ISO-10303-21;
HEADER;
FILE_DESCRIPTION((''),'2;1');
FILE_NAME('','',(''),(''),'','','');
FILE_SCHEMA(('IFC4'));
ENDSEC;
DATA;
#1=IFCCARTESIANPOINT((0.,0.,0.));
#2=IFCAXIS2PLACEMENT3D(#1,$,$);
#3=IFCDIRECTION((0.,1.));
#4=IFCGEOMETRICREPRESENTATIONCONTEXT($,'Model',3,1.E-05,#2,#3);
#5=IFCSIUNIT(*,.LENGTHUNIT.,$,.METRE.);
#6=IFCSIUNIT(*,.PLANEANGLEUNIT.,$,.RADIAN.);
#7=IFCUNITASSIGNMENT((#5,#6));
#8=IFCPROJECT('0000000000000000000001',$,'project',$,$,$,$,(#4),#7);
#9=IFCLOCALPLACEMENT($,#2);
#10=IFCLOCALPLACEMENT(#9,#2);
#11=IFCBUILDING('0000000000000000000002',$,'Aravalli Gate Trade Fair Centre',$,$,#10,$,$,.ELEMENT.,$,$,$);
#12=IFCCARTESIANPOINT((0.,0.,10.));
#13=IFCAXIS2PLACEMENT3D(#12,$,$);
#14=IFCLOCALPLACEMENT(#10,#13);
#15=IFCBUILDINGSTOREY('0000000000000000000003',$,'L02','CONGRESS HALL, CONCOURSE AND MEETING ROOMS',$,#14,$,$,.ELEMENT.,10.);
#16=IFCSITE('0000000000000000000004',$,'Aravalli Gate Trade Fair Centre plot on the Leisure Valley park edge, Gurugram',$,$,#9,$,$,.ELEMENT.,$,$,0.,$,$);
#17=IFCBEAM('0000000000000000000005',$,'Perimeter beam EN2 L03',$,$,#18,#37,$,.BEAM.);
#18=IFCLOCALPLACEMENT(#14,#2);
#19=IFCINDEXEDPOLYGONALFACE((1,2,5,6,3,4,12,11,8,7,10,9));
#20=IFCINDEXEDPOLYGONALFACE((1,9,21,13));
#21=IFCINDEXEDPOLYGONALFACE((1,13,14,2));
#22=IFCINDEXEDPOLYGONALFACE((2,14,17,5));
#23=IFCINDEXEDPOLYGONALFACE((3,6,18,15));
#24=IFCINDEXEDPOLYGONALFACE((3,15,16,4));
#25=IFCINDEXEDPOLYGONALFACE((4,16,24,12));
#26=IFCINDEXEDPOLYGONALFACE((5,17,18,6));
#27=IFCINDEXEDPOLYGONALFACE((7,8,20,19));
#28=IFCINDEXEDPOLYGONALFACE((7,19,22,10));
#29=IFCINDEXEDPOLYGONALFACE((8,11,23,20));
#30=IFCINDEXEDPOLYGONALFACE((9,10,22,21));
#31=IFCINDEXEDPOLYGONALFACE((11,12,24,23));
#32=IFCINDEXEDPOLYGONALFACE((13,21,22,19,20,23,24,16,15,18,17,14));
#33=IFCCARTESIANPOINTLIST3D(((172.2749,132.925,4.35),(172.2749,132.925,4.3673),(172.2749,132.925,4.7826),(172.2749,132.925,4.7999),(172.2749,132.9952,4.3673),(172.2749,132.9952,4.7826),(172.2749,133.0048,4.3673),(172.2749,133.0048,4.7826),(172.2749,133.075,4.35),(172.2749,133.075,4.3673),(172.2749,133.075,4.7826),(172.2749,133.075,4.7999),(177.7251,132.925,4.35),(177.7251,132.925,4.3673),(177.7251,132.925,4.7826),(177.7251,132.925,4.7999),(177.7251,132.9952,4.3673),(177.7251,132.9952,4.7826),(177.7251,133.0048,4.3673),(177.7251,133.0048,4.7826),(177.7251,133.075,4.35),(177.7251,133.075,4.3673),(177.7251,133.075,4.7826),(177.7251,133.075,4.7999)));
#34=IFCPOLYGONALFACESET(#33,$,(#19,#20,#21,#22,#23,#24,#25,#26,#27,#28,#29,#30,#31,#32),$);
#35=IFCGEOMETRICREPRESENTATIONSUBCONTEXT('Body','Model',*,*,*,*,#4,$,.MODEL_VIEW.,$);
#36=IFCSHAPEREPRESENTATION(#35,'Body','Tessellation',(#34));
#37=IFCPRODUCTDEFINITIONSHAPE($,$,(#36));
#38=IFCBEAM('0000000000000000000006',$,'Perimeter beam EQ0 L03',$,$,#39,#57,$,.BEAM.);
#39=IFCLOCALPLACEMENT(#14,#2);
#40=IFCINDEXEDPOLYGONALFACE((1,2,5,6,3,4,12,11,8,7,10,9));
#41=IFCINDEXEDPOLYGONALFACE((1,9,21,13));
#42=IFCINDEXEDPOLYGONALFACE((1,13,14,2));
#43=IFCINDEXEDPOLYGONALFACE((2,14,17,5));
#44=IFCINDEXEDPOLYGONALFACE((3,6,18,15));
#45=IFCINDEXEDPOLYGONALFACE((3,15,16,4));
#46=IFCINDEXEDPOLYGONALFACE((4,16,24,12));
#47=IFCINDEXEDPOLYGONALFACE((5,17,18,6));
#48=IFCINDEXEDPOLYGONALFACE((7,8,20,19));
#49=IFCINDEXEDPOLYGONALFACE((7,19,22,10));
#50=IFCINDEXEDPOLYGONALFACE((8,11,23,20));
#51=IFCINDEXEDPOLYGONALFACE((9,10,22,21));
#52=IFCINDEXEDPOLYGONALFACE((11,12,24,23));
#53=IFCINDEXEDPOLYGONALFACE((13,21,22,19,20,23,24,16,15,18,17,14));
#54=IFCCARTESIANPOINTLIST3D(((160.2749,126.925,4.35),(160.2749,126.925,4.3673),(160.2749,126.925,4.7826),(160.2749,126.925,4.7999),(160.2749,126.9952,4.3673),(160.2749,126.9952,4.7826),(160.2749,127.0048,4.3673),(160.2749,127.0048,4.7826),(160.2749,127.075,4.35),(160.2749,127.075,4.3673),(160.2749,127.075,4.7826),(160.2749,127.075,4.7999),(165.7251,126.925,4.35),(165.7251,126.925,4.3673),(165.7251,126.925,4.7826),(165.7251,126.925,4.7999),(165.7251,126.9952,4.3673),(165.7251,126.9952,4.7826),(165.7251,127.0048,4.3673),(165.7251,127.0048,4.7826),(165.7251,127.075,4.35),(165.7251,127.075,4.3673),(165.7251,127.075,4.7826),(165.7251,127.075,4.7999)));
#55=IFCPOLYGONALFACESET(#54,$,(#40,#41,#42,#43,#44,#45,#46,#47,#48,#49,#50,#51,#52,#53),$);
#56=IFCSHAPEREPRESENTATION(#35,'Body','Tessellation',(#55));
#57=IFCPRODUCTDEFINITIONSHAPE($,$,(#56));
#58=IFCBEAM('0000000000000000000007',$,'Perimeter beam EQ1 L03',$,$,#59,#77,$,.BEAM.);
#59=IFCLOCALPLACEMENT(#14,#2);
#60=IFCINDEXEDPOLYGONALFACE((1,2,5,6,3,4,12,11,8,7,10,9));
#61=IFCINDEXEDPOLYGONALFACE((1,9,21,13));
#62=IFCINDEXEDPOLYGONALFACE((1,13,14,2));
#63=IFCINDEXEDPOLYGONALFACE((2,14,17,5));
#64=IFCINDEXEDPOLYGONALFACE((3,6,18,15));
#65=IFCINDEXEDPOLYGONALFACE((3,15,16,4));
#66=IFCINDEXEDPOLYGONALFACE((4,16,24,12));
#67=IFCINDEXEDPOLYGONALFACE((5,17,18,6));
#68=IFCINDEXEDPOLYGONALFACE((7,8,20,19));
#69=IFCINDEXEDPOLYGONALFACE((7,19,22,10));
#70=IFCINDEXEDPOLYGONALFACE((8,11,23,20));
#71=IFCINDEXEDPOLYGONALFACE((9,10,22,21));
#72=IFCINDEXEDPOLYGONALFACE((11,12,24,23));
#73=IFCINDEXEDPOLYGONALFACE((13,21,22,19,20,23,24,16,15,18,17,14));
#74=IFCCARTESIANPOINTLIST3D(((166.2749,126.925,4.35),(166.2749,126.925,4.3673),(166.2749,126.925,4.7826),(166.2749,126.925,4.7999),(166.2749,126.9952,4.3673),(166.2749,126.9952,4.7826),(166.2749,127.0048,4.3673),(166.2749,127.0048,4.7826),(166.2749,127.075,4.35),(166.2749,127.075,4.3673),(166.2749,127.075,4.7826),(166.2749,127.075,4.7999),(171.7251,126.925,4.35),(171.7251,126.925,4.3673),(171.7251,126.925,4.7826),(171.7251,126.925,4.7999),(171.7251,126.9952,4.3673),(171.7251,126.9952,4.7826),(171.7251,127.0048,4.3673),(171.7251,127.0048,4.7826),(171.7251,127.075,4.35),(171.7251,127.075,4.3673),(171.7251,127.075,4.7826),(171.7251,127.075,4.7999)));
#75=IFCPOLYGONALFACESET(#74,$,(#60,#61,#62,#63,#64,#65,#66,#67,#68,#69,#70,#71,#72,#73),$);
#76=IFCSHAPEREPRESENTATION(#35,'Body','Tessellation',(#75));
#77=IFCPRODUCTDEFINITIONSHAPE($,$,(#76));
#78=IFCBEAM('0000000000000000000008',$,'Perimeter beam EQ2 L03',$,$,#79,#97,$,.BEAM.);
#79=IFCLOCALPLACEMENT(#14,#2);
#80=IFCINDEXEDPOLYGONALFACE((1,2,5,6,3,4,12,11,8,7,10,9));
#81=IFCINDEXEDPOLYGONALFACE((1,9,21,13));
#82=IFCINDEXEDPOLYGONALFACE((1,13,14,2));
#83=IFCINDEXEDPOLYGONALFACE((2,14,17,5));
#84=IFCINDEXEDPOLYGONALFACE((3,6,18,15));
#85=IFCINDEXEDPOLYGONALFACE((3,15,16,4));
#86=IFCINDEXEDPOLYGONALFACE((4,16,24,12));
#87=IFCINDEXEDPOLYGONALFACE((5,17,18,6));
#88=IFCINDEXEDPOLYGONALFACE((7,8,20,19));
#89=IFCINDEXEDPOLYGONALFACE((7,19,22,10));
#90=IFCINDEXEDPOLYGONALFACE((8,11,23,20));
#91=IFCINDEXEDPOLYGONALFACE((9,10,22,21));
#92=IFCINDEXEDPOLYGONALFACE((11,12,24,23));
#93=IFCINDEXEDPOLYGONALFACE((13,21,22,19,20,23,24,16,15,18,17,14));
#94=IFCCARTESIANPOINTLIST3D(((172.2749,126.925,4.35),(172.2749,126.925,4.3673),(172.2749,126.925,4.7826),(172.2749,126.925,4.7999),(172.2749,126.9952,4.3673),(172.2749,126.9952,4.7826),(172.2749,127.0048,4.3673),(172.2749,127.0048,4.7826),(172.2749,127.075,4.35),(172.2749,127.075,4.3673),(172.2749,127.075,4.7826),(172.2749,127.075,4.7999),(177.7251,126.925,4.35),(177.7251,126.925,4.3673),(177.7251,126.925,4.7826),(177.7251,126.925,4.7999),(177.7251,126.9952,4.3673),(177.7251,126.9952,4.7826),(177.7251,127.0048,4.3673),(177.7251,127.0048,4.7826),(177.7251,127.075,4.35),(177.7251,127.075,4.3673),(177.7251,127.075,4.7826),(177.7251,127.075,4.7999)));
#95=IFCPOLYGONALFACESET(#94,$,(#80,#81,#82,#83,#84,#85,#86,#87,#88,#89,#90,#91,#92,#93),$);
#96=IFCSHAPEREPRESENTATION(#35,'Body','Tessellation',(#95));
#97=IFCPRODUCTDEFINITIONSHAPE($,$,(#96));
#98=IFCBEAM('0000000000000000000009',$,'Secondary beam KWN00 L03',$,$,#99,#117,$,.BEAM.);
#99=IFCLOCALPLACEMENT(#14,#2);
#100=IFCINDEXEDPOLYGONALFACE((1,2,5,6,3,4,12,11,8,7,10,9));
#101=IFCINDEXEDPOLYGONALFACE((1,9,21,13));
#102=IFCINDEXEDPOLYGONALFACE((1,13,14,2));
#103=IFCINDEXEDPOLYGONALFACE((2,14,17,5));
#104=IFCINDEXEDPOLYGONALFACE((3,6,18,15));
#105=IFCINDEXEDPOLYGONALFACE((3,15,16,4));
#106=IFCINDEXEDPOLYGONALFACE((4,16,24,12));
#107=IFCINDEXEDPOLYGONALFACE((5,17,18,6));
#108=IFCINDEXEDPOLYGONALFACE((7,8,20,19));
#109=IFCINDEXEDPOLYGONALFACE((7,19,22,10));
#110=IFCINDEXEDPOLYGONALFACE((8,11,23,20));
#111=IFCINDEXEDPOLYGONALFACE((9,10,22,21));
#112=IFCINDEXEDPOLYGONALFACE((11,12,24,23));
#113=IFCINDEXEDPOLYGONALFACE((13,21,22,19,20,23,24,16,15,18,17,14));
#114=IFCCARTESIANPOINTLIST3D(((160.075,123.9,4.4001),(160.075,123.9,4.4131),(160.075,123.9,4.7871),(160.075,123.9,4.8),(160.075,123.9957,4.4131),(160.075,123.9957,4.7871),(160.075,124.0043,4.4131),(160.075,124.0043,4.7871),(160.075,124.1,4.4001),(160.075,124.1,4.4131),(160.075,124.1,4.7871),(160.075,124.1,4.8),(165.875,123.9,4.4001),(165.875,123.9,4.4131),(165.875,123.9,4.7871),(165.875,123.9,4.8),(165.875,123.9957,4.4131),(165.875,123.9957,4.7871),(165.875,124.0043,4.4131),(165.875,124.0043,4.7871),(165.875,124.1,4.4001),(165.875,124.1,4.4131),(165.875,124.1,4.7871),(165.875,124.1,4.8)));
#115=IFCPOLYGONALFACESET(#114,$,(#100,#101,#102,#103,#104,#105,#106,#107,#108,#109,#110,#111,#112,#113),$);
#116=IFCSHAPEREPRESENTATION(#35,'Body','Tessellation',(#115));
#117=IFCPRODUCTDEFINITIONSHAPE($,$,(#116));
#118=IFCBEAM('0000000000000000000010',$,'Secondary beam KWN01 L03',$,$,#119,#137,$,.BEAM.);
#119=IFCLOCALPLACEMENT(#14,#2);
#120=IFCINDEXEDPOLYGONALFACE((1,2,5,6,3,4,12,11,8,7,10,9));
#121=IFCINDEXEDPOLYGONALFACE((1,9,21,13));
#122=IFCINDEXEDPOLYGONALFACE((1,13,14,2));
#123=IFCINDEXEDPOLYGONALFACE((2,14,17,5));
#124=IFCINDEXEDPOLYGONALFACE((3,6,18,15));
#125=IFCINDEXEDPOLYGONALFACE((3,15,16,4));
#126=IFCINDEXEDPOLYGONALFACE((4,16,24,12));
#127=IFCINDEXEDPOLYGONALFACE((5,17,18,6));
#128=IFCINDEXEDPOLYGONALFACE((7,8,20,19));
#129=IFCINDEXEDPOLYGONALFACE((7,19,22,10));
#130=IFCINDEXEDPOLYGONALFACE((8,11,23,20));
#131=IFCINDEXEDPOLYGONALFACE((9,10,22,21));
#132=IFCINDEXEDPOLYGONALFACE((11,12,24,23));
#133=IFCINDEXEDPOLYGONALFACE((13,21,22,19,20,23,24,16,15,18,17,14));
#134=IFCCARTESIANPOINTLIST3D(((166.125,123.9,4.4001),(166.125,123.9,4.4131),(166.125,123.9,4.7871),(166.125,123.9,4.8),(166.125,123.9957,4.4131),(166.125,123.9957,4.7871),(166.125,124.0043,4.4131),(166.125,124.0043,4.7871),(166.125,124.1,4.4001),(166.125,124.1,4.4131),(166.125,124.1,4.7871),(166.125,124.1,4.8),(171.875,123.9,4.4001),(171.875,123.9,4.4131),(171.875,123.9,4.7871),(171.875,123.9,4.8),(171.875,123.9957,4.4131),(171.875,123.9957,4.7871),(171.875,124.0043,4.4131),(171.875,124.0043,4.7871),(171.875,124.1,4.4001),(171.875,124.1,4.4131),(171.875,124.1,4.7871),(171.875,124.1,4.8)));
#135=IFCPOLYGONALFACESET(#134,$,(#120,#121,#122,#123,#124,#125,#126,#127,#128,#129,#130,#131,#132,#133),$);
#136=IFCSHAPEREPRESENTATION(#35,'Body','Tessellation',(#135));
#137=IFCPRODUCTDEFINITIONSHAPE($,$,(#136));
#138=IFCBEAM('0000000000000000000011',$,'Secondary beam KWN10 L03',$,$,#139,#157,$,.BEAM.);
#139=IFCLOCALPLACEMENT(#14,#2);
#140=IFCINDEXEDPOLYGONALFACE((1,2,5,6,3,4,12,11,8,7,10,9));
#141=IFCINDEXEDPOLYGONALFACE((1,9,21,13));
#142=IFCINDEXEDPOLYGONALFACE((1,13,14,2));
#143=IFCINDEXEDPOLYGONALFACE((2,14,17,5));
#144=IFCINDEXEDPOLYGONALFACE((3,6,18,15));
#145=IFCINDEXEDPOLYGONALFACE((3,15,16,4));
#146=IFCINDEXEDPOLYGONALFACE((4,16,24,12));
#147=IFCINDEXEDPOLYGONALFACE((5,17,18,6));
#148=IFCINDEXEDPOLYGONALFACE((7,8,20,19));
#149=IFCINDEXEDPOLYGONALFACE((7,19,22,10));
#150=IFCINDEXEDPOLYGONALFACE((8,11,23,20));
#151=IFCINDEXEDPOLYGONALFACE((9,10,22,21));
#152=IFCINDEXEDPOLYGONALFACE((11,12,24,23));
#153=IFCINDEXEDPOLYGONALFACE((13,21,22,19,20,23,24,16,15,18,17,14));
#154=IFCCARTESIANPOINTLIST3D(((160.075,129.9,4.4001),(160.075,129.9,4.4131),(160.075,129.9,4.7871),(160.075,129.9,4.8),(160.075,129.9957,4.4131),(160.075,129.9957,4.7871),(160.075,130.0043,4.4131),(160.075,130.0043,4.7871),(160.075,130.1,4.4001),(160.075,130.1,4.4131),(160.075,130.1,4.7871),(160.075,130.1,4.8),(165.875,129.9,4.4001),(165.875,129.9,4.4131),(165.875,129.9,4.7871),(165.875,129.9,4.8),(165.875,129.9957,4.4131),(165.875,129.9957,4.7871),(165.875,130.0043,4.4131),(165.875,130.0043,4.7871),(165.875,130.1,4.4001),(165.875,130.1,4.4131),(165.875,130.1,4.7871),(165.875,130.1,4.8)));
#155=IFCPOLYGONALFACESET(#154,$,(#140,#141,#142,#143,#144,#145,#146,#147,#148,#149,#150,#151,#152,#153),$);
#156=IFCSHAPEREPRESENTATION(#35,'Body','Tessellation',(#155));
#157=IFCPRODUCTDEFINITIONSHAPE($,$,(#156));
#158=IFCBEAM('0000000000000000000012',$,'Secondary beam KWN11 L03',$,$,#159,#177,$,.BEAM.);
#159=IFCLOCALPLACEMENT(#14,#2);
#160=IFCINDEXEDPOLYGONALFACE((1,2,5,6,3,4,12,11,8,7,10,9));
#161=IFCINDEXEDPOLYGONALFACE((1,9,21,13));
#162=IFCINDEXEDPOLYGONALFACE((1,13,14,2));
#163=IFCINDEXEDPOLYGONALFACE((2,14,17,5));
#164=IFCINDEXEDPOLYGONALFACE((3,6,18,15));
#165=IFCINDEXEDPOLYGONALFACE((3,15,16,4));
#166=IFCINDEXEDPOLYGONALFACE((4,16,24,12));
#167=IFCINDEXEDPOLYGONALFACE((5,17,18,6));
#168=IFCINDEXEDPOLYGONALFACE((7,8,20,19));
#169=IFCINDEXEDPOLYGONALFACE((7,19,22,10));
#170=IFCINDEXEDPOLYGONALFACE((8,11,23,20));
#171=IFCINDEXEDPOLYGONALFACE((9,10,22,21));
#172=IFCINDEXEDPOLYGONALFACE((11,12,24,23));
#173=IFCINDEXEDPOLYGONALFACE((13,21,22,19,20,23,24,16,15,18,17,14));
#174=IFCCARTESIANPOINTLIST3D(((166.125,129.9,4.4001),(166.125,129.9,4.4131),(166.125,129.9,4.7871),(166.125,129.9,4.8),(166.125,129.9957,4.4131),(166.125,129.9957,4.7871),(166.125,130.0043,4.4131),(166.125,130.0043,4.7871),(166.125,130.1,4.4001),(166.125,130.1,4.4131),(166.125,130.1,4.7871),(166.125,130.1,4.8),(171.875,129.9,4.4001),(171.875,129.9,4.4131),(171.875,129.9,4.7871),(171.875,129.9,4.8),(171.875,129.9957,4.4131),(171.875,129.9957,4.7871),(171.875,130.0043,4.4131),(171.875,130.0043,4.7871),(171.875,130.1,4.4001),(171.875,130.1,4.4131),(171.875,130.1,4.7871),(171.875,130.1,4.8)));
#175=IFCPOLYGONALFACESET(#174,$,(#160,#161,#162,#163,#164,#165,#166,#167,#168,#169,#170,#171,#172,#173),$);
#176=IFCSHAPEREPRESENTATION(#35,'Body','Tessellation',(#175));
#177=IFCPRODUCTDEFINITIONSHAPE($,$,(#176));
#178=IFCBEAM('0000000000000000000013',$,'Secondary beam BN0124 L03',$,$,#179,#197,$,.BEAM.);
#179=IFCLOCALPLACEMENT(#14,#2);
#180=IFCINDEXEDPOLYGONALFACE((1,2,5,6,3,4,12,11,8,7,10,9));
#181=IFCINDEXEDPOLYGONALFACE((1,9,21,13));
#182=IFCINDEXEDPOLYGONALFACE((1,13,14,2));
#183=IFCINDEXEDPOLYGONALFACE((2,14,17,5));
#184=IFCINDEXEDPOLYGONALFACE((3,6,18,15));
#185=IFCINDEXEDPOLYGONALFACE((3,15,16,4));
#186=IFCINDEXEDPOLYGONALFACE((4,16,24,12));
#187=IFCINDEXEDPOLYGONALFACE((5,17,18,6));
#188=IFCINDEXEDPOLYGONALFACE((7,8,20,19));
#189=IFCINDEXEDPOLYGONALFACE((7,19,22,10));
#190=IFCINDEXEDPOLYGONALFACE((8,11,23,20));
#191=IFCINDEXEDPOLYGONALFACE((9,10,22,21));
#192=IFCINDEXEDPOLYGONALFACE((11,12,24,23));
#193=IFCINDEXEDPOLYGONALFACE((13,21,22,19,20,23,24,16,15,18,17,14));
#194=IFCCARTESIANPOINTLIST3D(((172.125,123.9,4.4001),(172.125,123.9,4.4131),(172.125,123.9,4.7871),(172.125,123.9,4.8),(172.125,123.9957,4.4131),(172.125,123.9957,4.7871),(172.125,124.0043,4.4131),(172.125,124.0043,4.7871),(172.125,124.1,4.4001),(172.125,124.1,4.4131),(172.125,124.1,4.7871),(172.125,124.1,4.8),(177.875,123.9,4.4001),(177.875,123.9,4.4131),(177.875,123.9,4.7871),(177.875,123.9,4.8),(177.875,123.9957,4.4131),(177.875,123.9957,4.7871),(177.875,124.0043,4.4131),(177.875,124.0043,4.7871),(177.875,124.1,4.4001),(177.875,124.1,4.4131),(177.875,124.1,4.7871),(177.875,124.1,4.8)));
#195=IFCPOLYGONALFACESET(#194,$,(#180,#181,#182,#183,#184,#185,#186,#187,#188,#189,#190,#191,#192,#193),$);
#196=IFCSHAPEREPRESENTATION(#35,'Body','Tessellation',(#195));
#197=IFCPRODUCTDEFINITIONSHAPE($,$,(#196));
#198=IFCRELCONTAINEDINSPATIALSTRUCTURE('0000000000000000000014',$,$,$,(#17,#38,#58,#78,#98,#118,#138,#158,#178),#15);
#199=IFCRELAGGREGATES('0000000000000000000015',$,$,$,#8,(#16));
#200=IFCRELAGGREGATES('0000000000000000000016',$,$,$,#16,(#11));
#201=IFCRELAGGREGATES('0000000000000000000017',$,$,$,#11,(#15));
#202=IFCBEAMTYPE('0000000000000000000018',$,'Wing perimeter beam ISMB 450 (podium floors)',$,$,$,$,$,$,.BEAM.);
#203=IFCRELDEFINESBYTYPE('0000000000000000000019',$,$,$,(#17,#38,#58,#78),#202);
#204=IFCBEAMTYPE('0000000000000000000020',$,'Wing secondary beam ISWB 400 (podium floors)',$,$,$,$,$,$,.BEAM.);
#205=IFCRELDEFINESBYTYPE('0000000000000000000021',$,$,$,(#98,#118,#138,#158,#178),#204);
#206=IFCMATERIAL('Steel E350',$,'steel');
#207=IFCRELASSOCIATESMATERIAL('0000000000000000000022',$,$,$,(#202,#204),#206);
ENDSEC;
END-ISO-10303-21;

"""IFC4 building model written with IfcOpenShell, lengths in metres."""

from ifc_helpers import new_model, si_unit, direction, frame, origin, origin_2d, place, context, subcontext, project, spatial, i_section, extrude, material, material_profile, profile_set, type_object, element, save


model = new_model("IFC4")

# Units and contexts
model_context = context("Model", 3, precision=1e-05, world=origin(), true_north=direction((0.0, 1.0)))
body_context = subcontext(model_context, "Body", "Model", "MODEL_VIEW")
ifc_project = project(units=[si_unit("LENGTHUNIT", "METRE"), si_unit("PLANEANGLEUNIT", "RADIAN")], contexts=[model_context])

# Site, building, storey
site_placement = place(None, origin())
site = spatial("IfcSite", under=ifc_project, at=site_placement, Name="Aravalli Gate Trade Fair Centre plot on the Leisure Valley park edge, Gurugram", CompositionType="ELEMENT", RefElevation=0.0)
building_placement = place(site_placement, origin())
building = spatial("IfcBuilding", under=site, at=building_placement, Name="Aravalli Gate Trade Fair Centre", CompositionType="ELEMENT")
storey_placement = place(building_placement, frame((0.0, 0.0, 10.0)))
storey = spatial("IfcBuildingStorey", under=building, at=storey_placement, Name="L02", Description="CONGRESS HALL, CONCOURSE AND MEETING ROOMS", CompositionType="ELEMENT", Elevation=10.0)

# Shared definitions
ifc_material_1 = material(Name="Steel E350", Category="steel")

# Beams
ifc_material_profile_1 = material_profile(ifc_material_1, i_section(OverallWidth=0.1499, OverallDepth=0.45, WebThickness=0.0095, FlangeThickness=0.0173, at=origin_2d()), Name="ISMB 450")
ifc_profile_set_1 = profile_set([ifc_material_profile_1], Name="Steel E350")
beam_type_1 = type_object("IfcBeamType", Name="Wing perimeter beam ISMB 450 (podium floors)", PredefinedType="BEAM", material=ifc_profile_set_1)
for number, where, z_axis, x_axis, name in (
    (1, (172.2749, 133.0, 4.575), (1.0, 0.0, 0.0), (0.0, 1.0, 0.0), "Perimeter beam EN2 L03"),
    (2, (160.2749, 127.0, 4.575), (1.0, 0.0, 0.0), (0.0, 1.0, 0.0), "Perimeter beam EQ0 L03"),
    (3, (166.2749, 127.0, 4.575), (1.0, 0.0, 0.0), (0.0, 1.0, 0.0), "Perimeter beam EQ1 L03"),
    (4, (172.2749, 127.0, 4.575), (1.0, 0.0, 0.0), (0.0, 1.0, 0.0), "Perimeter beam EQ2 L03"),
):
    element("IfcBeam", number, at=place(storey_placement, frame(where, z_axis=z_axis, x_axis=x_axis)), inside=storey, type_object=beam_type_1, Name=name, PredefinedType="BEAM", context=body_context, shape_type="SweptSolid", body=[
        extrude(i_section(OverallWidth=0.1499, OverallDepth=0.45, WebThickness=0.0095, FlangeThickness=0.0173, at=origin_2d()), origin(), (0.0, 0.0, 1.0), 5.4502),
    ])
ifc_material_profile_2 = material_profile(ifc_material_1, i_section(OverallWidth=0.2, OverallDepth=0.3999, WebThickness=0.0085, FlangeThickness=0.0129, at=origin_2d()), Name="ISWB 400")
ifc_profile_set_2 = profile_set([ifc_material_profile_2], Name="Steel E350")
beam_type_2 = type_object("IfcBeamType", Name="Wing secondary beam ISWB 400 (podium floors)", PredefinedType="BEAM", material=ifc_profile_set_2)
beam_1_placement = place(storey_placement, frame((160.075, 124.0, 4.6001), z_axis=(1.0, 0.0, 0.0), x_axis=(0.0, 1.0, 0.0)))
element("IfcBeam", 5, at=beam_1_placement, inside=storey, type_object=beam_type_2, Name="Secondary beam KWN00 L03", PredefinedType="BEAM", context=body_context, shape_type="SweptSolid", body=[
    extrude(i_section(OverallWidth=0.2, OverallDepth=0.3999, WebThickness=0.0085, FlangeThickness=0.0129, at=origin_2d()), origin(), (0.0, 0.0, 1.0), 5.8),
])
beam_2_placement = place(storey_placement, frame((166.125, 124.0, 4.6001), z_axis=(1.0, 0.0, 0.0), x_axis=(0.0, 1.0, 0.0)))
element("IfcBeam", 6, at=beam_2_placement, inside=storey, type_object=beam_type_2, Name="Secondary beam KWN01 L03", PredefinedType="BEAM", context=body_context, shape_type="SweptSolid", body=[
    extrude(i_section(OverallWidth=0.2, OverallDepth=0.3999, WebThickness=0.0085, FlangeThickness=0.0129, at=origin_2d()), origin(), (0.0, 0.0, 1.0), 5.75),
])
beam_3_placement = place(storey_placement, frame((160.075, 130.0, 4.6001), z_axis=(1.0, 0.0, 0.0), x_axis=(0.0, 1.0, 0.0)))
element("IfcBeam", 7, at=beam_3_placement, inside=storey, type_object=beam_type_2, Name="Secondary beam KWN10 L03", PredefinedType="BEAM", context=body_context, shape_type="SweptSolid", body=[
    extrude(i_section(OverallWidth=0.2, OverallDepth=0.3999, WebThickness=0.0085, FlangeThickness=0.0129, at=origin_2d()), origin(), (0.0, 0.0, 1.0), 5.8),
])
for number, where, z_axis, x_axis, name in (
    (8, (166.125, 130.0, 4.6001), (1.0, 0.0, 0.0), (0.0, 1.0, 0.0), "Secondary beam KWN11 L03"),
    (9, (172.125, 124.0, 4.6001), (1.0, 0.0, 0.0), (0.0, 1.0, 0.0), "Secondary beam BN0124 L03"),
):
    element("IfcBeam", number, at=place(storey_placement, frame(where, z_axis=z_axis, x_axis=x_axis)), inside=storey, type_object=beam_type_2, Name=name, PredefinedType="BEAM", context=body_context, shape_type="SweptSolid", body=[
        extrude(i_section(OverallWidth=0.2, OverallDepth=0.3999, WebThickness=0.0085, FlangeThickness=0.0129, at=origin_2d()), origin(), (0.0, 0.0, 1.0), 5.75),
    ])

save(model, "model.ifc")
